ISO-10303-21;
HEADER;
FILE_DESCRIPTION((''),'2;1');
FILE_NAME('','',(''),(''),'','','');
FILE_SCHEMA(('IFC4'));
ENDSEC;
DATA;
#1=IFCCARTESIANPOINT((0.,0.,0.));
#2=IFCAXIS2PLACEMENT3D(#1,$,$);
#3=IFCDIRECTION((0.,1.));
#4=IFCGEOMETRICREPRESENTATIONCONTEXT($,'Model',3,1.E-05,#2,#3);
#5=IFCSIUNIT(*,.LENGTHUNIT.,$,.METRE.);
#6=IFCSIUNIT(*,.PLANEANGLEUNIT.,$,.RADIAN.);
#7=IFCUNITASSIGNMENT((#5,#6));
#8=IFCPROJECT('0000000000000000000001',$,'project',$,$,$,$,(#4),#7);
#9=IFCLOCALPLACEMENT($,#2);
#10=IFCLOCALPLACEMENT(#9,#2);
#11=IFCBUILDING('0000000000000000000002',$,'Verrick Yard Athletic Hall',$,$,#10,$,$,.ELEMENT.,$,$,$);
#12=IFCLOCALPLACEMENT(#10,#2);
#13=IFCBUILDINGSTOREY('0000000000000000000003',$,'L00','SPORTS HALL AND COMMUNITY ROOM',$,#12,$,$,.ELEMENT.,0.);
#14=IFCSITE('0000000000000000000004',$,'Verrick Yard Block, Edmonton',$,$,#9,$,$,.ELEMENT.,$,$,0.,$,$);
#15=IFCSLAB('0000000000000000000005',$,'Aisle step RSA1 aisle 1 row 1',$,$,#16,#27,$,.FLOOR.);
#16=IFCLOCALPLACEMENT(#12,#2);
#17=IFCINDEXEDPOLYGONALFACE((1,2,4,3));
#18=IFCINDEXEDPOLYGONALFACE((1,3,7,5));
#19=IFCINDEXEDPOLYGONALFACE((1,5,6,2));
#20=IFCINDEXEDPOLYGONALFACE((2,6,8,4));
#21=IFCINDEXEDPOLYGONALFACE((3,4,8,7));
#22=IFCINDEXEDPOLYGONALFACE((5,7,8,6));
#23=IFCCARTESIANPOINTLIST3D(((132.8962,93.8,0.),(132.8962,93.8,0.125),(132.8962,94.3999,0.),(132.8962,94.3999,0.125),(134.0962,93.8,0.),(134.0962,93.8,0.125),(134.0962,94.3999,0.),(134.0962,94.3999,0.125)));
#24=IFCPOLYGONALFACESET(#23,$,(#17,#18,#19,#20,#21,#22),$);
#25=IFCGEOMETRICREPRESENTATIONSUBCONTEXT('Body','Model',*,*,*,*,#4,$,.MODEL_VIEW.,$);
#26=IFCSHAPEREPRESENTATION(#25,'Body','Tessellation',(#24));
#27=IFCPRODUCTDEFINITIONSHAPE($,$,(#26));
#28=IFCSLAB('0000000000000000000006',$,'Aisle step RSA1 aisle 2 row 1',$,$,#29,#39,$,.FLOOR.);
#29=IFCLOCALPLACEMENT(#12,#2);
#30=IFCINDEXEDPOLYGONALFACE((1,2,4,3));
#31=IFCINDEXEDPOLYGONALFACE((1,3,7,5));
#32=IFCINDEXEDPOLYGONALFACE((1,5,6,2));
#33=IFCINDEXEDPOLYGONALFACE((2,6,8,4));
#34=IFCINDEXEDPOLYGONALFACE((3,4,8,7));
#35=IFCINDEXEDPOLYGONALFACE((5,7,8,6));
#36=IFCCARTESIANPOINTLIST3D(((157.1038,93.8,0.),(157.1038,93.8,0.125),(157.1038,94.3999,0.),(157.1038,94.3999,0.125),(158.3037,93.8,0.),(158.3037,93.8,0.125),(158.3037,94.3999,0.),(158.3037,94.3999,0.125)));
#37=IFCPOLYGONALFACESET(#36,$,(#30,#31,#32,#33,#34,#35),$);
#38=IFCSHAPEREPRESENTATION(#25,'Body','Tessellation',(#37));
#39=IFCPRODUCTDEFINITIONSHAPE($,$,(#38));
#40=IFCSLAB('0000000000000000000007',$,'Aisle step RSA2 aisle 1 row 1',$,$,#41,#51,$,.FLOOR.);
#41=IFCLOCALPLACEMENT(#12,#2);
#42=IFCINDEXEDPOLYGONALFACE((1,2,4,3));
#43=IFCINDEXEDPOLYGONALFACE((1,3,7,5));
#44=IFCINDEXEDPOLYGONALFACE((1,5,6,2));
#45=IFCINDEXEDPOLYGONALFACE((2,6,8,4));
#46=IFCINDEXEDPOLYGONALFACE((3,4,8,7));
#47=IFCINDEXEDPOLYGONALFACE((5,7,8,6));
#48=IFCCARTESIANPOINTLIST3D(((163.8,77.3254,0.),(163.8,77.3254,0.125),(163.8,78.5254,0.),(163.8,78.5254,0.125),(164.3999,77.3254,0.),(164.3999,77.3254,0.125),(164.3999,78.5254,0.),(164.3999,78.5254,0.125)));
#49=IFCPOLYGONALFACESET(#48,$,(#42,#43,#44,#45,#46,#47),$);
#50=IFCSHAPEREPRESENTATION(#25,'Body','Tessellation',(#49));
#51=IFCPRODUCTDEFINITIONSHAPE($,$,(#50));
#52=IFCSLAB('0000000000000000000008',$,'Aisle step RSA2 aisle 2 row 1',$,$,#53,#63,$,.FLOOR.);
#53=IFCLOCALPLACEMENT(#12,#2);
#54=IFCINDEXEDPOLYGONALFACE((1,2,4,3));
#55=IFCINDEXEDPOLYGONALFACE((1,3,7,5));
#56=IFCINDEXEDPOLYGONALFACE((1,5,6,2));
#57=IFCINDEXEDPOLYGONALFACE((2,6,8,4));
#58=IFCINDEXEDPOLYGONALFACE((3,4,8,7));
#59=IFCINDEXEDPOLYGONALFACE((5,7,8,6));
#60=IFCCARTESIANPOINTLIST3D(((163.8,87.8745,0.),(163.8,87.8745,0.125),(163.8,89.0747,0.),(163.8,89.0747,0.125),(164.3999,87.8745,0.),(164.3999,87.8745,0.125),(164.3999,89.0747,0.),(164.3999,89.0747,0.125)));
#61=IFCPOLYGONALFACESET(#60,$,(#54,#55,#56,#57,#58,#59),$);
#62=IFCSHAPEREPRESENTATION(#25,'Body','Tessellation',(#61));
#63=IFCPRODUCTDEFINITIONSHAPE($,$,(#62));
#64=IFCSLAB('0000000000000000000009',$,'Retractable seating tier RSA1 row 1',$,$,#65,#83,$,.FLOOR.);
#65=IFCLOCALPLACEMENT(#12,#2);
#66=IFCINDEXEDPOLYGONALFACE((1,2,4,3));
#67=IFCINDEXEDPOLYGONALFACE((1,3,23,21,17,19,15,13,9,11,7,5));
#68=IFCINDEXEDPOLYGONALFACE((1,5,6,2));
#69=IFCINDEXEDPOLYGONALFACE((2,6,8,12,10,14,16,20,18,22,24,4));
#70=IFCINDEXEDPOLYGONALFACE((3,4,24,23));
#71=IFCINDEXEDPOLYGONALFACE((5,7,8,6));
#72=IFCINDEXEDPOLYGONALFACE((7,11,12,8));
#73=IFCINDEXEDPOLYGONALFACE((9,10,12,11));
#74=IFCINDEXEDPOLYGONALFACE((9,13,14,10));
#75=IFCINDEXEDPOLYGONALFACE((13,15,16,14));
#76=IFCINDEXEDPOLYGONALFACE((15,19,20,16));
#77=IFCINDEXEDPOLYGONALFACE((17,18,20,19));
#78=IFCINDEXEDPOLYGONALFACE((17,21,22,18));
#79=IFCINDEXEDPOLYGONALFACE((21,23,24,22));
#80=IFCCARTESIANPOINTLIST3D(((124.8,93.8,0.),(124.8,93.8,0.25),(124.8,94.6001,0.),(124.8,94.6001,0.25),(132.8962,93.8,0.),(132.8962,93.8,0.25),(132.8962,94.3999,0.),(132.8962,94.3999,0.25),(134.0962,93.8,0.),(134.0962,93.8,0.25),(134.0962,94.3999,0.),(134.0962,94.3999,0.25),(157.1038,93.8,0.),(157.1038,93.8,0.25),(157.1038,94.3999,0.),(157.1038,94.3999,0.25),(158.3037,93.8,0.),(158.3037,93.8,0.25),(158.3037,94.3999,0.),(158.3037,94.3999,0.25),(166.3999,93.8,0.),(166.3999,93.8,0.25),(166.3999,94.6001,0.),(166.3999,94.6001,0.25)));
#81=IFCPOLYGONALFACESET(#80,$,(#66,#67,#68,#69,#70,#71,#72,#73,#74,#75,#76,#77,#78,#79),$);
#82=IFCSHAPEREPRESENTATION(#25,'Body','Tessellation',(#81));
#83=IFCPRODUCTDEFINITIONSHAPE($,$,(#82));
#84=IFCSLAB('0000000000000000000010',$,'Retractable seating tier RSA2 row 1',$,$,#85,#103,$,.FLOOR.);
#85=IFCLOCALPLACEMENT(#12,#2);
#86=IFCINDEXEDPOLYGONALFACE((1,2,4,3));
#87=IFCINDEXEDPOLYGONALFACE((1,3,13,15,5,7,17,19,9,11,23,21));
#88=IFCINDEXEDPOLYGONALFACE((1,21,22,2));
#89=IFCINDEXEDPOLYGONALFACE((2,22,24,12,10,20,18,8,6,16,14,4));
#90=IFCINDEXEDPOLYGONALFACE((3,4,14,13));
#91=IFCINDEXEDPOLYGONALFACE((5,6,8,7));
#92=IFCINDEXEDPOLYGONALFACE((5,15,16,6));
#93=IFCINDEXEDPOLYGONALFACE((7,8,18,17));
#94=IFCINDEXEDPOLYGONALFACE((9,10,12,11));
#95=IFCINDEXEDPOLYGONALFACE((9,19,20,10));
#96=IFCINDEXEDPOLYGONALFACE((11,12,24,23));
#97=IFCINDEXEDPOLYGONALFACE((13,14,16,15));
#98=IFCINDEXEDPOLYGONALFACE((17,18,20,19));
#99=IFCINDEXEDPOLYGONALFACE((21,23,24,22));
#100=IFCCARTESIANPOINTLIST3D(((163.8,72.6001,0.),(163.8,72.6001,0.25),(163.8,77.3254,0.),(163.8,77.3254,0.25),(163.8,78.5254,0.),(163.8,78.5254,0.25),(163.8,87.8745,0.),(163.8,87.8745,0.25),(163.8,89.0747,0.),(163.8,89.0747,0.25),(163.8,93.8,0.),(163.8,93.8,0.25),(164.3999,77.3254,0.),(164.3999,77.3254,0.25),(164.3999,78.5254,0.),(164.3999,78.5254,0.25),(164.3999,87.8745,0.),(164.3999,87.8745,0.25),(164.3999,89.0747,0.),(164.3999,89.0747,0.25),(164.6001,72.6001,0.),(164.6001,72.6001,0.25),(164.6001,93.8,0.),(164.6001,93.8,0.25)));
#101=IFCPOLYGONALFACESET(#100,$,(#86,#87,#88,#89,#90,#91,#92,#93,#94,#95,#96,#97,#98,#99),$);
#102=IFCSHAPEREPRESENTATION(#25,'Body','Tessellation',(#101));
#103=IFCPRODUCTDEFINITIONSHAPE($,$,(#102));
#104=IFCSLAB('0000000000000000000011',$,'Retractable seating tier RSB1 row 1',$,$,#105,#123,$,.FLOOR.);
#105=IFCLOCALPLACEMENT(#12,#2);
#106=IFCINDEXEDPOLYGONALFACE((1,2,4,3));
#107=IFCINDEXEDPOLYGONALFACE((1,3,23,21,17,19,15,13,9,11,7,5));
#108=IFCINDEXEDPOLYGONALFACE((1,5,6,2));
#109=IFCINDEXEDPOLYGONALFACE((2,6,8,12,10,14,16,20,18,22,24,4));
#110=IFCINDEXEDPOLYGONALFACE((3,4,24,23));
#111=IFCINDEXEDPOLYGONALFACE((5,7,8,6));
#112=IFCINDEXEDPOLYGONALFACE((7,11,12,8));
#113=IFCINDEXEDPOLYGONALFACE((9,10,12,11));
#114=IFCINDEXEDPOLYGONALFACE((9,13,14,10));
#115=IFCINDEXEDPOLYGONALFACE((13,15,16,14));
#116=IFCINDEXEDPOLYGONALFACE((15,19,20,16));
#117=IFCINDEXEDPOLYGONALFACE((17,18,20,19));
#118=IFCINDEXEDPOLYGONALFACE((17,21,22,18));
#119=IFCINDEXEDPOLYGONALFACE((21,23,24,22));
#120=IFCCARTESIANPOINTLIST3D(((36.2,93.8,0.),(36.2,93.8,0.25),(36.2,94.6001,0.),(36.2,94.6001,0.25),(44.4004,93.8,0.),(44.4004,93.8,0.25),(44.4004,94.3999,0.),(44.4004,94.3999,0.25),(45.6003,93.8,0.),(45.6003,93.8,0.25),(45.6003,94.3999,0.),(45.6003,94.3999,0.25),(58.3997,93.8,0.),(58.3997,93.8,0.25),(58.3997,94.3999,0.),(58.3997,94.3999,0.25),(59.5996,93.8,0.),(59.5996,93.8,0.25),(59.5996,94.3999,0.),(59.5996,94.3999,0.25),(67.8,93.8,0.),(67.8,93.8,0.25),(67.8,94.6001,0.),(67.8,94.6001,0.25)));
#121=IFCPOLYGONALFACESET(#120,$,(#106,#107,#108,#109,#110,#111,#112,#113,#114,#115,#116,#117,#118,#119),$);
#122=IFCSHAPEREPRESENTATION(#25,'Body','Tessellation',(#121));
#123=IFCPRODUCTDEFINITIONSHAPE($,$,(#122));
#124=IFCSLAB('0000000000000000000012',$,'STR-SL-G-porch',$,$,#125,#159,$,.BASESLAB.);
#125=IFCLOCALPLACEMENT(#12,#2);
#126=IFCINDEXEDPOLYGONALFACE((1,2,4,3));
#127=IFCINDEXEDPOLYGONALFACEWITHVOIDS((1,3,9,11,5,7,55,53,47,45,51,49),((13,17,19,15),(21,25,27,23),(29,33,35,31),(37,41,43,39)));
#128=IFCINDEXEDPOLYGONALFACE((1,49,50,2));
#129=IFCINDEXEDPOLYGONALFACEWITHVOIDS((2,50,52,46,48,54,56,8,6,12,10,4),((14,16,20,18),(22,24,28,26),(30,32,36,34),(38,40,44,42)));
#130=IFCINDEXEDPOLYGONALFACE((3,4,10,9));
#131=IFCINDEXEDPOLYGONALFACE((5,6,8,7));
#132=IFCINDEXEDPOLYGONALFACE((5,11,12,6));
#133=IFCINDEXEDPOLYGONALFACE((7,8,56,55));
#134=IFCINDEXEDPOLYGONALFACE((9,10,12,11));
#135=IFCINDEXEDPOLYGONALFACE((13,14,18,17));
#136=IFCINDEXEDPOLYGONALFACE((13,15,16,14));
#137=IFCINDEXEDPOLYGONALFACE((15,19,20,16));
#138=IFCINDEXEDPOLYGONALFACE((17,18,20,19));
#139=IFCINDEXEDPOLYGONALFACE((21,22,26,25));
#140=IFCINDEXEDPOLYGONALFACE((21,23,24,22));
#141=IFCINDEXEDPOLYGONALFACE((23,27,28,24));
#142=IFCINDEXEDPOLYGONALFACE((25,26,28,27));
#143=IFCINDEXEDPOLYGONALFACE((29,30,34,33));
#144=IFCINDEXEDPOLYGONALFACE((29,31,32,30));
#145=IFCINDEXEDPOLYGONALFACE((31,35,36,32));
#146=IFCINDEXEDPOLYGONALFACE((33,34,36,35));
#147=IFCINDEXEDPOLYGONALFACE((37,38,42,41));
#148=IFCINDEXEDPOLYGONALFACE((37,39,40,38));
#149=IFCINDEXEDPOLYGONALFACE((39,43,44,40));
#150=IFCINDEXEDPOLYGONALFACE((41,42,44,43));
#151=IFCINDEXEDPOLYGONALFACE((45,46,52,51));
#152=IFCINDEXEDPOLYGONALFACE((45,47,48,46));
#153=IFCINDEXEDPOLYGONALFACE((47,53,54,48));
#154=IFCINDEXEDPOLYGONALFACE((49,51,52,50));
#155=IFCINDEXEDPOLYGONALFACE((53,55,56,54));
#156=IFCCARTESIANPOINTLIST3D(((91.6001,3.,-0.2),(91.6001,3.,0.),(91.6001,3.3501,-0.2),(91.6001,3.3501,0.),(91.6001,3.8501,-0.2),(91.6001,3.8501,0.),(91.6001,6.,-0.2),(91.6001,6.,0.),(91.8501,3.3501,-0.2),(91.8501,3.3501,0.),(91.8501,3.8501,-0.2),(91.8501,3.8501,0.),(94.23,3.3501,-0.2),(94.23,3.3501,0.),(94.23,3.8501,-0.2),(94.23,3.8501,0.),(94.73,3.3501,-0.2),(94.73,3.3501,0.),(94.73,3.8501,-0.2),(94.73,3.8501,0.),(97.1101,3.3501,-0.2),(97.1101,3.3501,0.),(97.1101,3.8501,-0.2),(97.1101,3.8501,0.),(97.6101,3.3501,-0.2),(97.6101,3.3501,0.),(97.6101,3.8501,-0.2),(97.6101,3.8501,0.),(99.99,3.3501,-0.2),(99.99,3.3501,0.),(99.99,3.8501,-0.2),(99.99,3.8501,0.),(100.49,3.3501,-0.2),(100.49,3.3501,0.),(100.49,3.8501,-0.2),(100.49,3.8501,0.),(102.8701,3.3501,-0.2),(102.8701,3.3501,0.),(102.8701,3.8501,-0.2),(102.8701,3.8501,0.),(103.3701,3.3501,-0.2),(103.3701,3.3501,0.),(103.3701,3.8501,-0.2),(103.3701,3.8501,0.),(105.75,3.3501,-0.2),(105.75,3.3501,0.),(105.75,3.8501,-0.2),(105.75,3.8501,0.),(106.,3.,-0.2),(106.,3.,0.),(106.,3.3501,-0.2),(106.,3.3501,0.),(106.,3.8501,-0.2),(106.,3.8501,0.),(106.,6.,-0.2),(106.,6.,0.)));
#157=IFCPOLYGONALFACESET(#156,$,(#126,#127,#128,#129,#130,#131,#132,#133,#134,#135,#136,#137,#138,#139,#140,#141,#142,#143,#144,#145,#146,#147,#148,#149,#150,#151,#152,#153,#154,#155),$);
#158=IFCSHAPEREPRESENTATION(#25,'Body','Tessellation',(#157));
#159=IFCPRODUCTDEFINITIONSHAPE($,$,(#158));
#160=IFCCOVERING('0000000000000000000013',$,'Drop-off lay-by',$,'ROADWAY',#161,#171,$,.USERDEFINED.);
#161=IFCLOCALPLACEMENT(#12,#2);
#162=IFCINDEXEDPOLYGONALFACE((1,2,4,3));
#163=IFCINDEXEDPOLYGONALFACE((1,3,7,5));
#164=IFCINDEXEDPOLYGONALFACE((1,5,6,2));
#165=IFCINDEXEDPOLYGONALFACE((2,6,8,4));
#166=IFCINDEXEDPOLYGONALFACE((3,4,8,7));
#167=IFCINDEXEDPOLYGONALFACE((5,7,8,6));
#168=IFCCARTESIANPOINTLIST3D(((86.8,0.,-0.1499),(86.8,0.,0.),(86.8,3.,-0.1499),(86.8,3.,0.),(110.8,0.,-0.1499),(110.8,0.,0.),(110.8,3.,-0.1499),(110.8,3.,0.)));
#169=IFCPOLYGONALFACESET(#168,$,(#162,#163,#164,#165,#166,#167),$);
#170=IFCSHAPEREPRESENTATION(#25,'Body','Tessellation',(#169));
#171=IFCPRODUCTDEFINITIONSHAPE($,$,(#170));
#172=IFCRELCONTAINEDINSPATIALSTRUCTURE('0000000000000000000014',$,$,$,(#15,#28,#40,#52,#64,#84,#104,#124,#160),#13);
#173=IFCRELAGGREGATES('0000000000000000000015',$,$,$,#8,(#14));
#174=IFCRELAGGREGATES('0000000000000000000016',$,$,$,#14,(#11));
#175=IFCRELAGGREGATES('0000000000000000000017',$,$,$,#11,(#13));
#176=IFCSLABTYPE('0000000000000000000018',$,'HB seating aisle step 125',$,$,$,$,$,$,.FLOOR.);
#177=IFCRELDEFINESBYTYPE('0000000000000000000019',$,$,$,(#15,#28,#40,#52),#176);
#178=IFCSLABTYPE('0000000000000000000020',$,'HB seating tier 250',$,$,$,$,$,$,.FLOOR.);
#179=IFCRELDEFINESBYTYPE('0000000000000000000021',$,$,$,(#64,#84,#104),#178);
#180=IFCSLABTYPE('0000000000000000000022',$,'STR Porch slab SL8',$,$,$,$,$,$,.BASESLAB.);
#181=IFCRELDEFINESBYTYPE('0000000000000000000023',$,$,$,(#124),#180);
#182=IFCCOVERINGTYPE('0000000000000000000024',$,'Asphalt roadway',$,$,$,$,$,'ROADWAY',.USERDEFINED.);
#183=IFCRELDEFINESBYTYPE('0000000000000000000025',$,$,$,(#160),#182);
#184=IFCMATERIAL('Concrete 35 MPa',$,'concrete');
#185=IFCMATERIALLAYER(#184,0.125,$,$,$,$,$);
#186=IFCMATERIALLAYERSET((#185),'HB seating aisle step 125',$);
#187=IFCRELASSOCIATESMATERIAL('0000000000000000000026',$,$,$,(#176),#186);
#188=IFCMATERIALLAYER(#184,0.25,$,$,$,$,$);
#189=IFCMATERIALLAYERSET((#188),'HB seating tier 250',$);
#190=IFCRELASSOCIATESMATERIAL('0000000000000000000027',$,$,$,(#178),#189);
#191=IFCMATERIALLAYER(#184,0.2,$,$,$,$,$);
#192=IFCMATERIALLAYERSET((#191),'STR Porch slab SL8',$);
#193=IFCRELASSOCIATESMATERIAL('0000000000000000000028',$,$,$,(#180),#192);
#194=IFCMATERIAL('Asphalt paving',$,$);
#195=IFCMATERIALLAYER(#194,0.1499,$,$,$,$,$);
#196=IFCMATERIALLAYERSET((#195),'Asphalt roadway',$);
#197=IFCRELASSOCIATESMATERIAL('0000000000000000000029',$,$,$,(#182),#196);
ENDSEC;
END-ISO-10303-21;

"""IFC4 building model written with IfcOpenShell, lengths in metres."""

from ifc_helpers import new_model, si_unit, direction, frame, origin, place, context, subcontext, project, spatial, polyline, outline, extrude, material, layer, layer_set, type_object, element, save


model = new_model("IFC4")

# Units and contexts
model_context = context("Model", 3, precision=1e-05, world=origin(), true_north=direction((0.0, 1.0)))
body_context = subcontext(model_context, "Body", "Model", "MODEL_VIEW")
ifc_project = project(units=[si_unit("LENGTHUNIT", "METRE"), si_unit("PLANEANGLEUNIT", "RADIAN")], contexts=[model_context])

# Site, building, storey
site_placement = place(None, origin())
site = spatial("IfcSite", under=ifc_project, at=site_placement, Name="Verrick Yard Block, Edmonton", CompositionType="ELEMENT", RefElevation=0.0)
building_placement = place(site_placement, origin())
building = spatial("IfcBuilding", under=site, at=building_placement, Name="Verrick Yard Athletic Hall", CompositionType="ELEMENT")
storey_placement = place(building_placement, origin())
storey = spatial("IfcBuildingStorey", under=building, at=storey_placement, Name="L00", Description="SPORTS HALL AND COMMUNITY ROOM", CompositionType="ELEMENT", Elevation=0.0)

# Slabs
ifc_material_1 = material(Name="Concrete 35 MPa", Category="concrete")
ifc_layer_1 = layer(ifc_material_1, 0.125)
ifc_layer_set_1 = layer_set([ifc_layer_1], Name="HB seating aisle step 125")
slab_type_1 = type_object("IfcSlabType", Name="HB seating aisle step 125", PredefinedType="FLOOR", material=ifc_layer_set_1)
slab_1_placement = place(storey_placement, origin())
element("IfcSlab", 1, at=slab_1_placement, inside=storey, type_object=slab_type_1, Name="Aisle step RSA1 aisle 1 row 1", PredefinedType="FLOOR", context=body_context, shape_type="SweptSolid", body=[
    extrude(outline(polyline([(132.8962, 93.8), (134.0962, 93.8), (134.0962, 94.3999), (132.8962, 94.3999), (132.8962, 93.8)])), origin(), (0.0, 0.0, 1.0), 0.125),
])
slab_2_placement = place(storey_placement, origin())
element("IfcSlab", 2, at=slab_2_placement, inside=storey, type_object=slab_type_1, Name="Aisle step RSA1 aisle 2 row 1", PredefinedType="FLOOR", context=body_context, shape_type="SweptSolid", body=[
    extrude(outline(polyline([(157.1038, 93.8), (158.3037, 93.8), (158.3037, 94.3999), (157.1038, 94.3999), (157.1038, 93.8)])), origin(), (0.0, 0.0, 1.0), 0.125),
])
slab_3_placement = place(storey_placement, origin())
element("IfcSlab", 3, at=slab_3_placement, inside=storey, type_object=slab_type_1, Name="Aisle step RSA2 aisle 1 row 1", PredefinedType="FLOOR", context=body_context, shape_type="SweptSolid", body=[
    extrude(outline(polyline([(164.3999, 77.3254), (164.3999, 78.5254), (163.8, 78.5254), (163.8, 77.3254), (164.3999, 77.3254)])), origin(), (0.0, 0.0, 1.0), 0.125),
])
slab_4_placement = place(storey_placement, origin())
element("IfcSlab", 4, at=slab_4_placement, inside=storey, type_object=slab_type_1, Name="Aisle step RSA2 aisle 2 row 1", PredefinedType="FLOOR", context=body_context, shape_type="SweptSolid", body=[
    extrude(outline(polyline([(164.3999, 87.8745), (164.3999, 89.0747), (163.8, 89.0747), (163.8, 87.8745), (164.3999, 87.8745)])), origin(), (0.0, 0.0, 1.0), 0.125),
])
ifc_layer_2 = layer(ifc_material_1, 0.25)
ifc_layer_set_2 = layer_set([ifc_layer_2], Name="HB seating tier 250")
slab_type_2 = type_object("IfcSlabType", Name="HB seating tier 250", PredefinedType="FLOOR", material=ifc_layer_set_2)
slab_5_placement = place(storey_placement, origin())
element("IfcSlab", 5, at=slab_5_placement, inside=storey, type_object=slab_type_2, Name="Retractable seating tier RSA1 row 1", PredefinedType="FLOOR", context=body_context, shape_type="SweptSolid", body=[
    extrude(outline(polyline([(124.8, 93.8), (132.8962, 93.8), (132.8962, 94.3999), (134.0962, 94.3999), (134.0962, 93.8), (157.1038, 93.8), (157.1038, 94.3999), (158.3037, 94.3999), (158.3037, 93.8), (166.3999, 93.8), (166.3999, 94.6001), (124.8, 94.6001), (124.8, 93.8)])), origin(), (0.0, 0.0, 1.0), 0.25),
])
slab_6_placement = place(storey_placement, origin())
element("IfcSlab", 6, at=slab_6_placement, inside=storey, type_object=slab_type_2, Name="Retractable seating tier RSA2 row 1", PredefinedType="FLOOR", context=body_context, shape_type="SweptSolid", body=[
    extrude(outline(polyline([(164.6001, 72.6001), (164.6001, 93.8), (163.8, 93.8), (163.8, 89.0747), (164.3999, 89.0747), (164.3999, 87.8745), (163.8, 87.8745), (163.8, 78.5254), (164.3999, 78.5254), (164.3999, 77.3254), (163.8, 77.3254), (163.8, 72.6001), (164.6001, 72.6001)])), origin(), (0.0, 0.0, 1.0), 0.25),
])
slab_7_placement = place(storey_placement, origin())
element("IfcSlab", 7, at=slab_7_placement, inside=storey, type_object=slab_type_2, Name="Retractable seating tier RSB1 row 1", PredefinedType="FLOOR", context=body_context, shape_type="SweptSolid", body=[
    extrude(outline(polyline([(36.2, 93.8), (44.4004, 93.8), (44.4004, 94.3999), (45.6003, 94.3999), (45.6003, 93.8), (58.3997, 93.8), (58.3997, 94.3999), (59.5996, 94.3999), (59.5996, 93.8), (67.8, 93.8), (67.8, 94.6001), (36.2, 94.6001), (36.2, 93.8)])), origin(), (0.0, 0.0, 1.0), 0.25),
])
ifc_layer_3 = layer(ifc_material_1, 0.2)
ifc_layer_set_3 = layer_set([ifc_layer_3], Name="STR Porch slab SL8")
slab_type_3 = type_object("IfcSlabType", Name="STR Porch slab SL8", PredefinedType="BASESLAB", material=ifc_layer_set_3)
slab_8_placement = place(storey_placement, frame((0.0, 0.0, -0.2)))
element("IfcSlab", 8, at=slab_8_placement, inside=storey, type_object=slab_type_3, Name="STR-SL-G-porch", PredefinedType="BASESLAB", context=body_context, shape_type="SweptSolid", body=[
    extrude(outline(polyline([(91.8501, 3.3501), (91.6001, 3.3501), (91.6001, 3.0), (106.0, 3.0), (106.0, 3.3501), (105.75, 3.3501), (105.75, 3.8501), (106.0, 3.8501), (106.0, 6.0), (91.6001, 6.0), (91.6001, 3.8501), (91.8501, 3.8501), (91.8501, 3.3501)]), holes=[polyline([(94.73, 3.8501), (94.73, 3.3501), (94.23, 3.3501), (94.23, 3.8501), (94.73, 3.8501)]), polyline([(97.6101, 3.3501), (97.1101, 3.3501), (97.1101, 3.8501), (97.6101, 3.8501), (97.6101, 3.3501)]), polyline([(99.99, 3.3501), (99.99, 3.8501), (100.49, 3.8501), (100.49, 3.3501), (99.99, 3.3501)]), polyline([(102.8701, 3.8501), (103.3701, 3.8501), (103.3701, 3.3501), (102.8701, 3.3501), (102.8701, 3.8501)])]), origin(), (0.0, 0.0, 1.0), 0.2),
])

# Covering
ifc_material_2 = material(Name="Asphalt paving")
ifc_layer_4 = layer(ifc_material_2, 0.1499)
ifc_layer_set_4 = layer_set([ifc_layer_4], Name="Asphalt roadway")
covering_type_1 = type_object("IfcCoveringType", Name="Asphalt roadway", ElementType="ROADWAY", PredefinedType="USERDEFINED", material=ifc_layer_set_4)
covering_1_placement = place(storey_placement, frame((0.0, 0.0, -0.1499)))
element("IfcCovering", 9, at=covering_1_placement, inside=storey, type_object=covering_type_1, Name="Drop-off lay-by", ObjectType="ROADWAY", PredefinedType="USERDEFINED", context=body_context, shape_type="SweptSolid", body=[
    extrude(outline(polyline([(110.8, 0.0), (110.8, 3.0), (86.8, 3.0), (86.8, 0.0), (110.8, 0.0)])), origin(), (0.0, 0.0, 1.0), 0.1499),
])

save(model, "model.ifc")
